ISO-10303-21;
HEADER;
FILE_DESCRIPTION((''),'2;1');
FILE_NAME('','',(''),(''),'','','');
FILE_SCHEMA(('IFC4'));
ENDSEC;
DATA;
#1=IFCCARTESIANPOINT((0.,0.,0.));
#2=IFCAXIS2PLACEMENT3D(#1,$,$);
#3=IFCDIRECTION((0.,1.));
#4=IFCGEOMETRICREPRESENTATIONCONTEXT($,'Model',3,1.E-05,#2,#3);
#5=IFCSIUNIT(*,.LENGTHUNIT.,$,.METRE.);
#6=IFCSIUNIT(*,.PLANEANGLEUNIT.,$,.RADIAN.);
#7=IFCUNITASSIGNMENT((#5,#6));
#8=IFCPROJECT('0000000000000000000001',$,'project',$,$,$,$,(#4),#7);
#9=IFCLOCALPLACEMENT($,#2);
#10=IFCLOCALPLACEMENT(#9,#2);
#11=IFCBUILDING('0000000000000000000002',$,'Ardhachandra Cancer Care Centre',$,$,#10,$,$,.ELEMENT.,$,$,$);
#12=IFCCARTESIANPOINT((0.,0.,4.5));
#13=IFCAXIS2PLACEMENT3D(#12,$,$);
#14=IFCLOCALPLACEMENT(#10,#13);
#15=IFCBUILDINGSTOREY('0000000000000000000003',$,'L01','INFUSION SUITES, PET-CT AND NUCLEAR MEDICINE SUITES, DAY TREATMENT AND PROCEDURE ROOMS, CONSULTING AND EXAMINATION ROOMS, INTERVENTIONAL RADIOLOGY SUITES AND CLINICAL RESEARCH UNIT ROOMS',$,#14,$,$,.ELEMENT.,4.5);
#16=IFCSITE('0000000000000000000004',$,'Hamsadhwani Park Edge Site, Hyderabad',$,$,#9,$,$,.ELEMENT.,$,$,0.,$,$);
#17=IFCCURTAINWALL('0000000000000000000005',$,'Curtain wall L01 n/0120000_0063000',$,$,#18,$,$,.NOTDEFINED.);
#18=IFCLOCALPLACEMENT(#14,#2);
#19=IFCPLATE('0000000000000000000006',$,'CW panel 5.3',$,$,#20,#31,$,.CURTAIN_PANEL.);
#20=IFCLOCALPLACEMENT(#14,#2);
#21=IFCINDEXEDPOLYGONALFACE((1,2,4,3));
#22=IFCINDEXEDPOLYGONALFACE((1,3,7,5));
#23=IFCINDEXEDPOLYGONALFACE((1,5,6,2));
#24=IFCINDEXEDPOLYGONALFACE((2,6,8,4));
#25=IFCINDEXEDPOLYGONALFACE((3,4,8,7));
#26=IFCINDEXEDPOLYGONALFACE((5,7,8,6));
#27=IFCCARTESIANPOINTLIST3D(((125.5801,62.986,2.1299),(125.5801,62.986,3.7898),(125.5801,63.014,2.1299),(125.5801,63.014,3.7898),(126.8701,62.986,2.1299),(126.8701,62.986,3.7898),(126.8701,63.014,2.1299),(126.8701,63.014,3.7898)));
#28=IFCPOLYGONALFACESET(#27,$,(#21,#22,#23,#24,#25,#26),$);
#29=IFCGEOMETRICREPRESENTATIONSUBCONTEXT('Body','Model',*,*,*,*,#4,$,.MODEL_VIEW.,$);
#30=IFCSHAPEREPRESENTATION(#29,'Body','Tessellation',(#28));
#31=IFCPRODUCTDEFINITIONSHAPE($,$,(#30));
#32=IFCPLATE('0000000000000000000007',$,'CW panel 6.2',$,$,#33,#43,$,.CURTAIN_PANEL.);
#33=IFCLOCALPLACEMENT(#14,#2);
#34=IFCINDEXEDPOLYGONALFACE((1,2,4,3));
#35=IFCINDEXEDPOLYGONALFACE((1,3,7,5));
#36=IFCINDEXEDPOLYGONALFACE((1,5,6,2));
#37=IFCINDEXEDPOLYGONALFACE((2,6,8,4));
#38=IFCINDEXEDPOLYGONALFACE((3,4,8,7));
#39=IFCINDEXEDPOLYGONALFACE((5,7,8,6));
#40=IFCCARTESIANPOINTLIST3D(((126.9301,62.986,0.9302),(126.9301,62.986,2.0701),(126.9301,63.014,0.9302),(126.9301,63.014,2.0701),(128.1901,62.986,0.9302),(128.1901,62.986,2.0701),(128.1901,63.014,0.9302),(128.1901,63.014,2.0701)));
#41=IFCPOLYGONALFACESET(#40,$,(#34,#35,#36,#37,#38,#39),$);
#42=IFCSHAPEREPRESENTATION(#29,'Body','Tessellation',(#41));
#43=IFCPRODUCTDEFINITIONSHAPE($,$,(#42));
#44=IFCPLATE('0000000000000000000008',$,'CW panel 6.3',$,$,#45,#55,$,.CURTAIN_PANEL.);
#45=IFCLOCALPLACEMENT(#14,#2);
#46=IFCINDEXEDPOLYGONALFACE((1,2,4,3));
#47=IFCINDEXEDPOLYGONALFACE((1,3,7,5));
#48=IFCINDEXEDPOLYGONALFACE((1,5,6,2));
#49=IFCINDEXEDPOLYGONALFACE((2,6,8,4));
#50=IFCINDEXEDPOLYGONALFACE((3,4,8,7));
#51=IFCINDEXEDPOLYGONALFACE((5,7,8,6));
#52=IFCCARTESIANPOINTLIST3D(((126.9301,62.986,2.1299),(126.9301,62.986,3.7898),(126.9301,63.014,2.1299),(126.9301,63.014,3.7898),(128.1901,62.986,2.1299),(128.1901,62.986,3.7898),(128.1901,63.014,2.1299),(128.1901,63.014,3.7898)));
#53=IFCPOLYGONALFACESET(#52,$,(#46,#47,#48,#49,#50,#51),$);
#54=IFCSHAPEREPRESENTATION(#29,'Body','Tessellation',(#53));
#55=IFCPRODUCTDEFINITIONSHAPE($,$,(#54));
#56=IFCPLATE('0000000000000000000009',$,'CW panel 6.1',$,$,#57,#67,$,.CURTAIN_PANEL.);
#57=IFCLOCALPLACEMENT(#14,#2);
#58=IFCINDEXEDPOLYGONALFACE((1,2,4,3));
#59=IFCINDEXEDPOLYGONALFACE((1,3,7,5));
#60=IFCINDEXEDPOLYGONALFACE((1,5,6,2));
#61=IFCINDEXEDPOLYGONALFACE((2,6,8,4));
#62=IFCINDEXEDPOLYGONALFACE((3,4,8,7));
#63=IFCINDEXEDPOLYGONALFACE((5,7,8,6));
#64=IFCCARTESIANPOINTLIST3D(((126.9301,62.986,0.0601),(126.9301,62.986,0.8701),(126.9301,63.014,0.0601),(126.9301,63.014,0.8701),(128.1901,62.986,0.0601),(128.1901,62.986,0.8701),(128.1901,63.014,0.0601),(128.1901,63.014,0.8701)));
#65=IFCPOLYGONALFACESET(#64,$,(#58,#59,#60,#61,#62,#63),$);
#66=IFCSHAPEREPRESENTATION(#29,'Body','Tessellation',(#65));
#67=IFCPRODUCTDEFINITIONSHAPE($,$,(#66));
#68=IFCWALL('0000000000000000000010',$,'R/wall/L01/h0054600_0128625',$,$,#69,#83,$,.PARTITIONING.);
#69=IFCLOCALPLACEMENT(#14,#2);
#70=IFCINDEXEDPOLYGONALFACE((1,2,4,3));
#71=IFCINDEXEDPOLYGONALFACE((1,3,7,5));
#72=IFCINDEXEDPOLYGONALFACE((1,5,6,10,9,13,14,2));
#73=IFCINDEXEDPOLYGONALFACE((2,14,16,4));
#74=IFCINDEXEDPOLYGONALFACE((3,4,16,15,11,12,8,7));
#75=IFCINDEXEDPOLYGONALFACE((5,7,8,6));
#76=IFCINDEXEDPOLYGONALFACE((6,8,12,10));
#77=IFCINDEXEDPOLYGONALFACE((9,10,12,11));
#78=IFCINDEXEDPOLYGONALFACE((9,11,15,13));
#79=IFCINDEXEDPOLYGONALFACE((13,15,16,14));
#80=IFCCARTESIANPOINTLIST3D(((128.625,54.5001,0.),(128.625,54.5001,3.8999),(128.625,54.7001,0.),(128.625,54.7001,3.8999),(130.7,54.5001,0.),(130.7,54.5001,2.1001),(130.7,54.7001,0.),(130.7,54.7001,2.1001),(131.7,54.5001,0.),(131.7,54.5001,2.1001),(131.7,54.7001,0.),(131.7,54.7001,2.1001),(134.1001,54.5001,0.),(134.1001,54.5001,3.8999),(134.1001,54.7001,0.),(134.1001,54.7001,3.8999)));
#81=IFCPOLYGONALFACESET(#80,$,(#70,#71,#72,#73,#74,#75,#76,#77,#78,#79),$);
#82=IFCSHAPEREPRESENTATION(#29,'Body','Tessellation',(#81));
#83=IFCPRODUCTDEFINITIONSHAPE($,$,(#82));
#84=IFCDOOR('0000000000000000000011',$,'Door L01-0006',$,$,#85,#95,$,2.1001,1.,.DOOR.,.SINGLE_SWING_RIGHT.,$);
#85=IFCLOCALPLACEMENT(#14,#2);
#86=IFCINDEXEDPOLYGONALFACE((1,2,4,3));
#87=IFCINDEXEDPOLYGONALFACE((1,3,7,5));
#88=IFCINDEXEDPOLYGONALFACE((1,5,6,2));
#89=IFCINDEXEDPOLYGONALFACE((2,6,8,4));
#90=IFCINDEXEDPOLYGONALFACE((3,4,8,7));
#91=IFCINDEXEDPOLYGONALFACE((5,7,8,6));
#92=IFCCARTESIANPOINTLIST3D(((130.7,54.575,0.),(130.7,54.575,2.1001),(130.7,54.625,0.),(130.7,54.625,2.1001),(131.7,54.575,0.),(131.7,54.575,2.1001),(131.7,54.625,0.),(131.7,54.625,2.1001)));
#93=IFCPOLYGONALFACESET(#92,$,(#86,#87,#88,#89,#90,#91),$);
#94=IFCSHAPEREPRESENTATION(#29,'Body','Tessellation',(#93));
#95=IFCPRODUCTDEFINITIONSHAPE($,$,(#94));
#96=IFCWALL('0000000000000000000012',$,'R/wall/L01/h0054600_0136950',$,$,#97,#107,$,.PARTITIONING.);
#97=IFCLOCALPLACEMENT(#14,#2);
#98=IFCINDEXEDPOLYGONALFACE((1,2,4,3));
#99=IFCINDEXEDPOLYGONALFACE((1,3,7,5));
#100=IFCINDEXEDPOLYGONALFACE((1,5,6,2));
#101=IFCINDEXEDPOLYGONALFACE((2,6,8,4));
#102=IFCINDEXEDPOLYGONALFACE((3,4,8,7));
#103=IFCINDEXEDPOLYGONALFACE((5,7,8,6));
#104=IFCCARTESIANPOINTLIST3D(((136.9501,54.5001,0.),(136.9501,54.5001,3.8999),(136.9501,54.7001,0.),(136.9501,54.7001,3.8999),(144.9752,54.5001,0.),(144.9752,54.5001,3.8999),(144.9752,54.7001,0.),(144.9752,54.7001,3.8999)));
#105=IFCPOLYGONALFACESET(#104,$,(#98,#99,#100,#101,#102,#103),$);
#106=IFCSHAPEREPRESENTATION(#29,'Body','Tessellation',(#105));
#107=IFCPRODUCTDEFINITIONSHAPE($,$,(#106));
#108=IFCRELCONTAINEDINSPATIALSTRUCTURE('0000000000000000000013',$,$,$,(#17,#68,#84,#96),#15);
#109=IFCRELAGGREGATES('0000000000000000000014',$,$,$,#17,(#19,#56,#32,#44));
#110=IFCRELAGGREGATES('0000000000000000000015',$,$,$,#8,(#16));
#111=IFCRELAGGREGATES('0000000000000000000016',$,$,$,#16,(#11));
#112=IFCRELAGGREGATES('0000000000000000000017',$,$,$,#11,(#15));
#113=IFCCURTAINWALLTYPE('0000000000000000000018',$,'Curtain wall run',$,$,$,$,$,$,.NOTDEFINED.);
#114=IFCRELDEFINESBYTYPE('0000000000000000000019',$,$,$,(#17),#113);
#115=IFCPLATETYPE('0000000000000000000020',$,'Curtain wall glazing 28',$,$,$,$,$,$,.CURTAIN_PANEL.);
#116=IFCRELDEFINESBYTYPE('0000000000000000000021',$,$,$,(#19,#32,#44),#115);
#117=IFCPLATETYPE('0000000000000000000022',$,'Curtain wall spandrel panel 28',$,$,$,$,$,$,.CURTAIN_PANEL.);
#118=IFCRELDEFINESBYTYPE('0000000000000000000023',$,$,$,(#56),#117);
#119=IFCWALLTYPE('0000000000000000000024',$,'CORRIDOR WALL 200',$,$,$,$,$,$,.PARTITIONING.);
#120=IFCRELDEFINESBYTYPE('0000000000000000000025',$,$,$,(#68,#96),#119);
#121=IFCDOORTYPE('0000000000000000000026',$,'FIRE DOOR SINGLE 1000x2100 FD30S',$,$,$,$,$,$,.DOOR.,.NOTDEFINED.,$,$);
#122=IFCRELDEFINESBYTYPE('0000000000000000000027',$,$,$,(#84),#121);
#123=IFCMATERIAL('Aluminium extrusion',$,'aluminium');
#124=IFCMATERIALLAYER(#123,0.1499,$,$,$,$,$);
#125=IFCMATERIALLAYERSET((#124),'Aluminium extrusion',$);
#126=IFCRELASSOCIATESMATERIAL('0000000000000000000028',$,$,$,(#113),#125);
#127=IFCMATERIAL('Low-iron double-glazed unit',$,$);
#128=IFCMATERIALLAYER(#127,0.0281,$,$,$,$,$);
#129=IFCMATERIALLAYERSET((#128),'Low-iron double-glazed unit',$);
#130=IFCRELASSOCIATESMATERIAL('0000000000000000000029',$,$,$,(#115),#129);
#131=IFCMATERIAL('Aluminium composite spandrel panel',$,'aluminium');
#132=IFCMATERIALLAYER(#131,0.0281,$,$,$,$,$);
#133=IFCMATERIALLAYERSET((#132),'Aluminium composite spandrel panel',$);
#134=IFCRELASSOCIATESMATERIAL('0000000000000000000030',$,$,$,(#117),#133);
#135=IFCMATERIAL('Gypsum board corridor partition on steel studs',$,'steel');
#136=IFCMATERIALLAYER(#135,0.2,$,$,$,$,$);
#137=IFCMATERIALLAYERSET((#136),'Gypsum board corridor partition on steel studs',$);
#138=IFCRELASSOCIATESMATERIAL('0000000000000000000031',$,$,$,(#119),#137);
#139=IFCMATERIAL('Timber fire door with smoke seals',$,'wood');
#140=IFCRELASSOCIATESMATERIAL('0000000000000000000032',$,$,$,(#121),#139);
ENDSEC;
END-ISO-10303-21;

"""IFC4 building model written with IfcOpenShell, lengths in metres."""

from ifc_helpers import new_model, si_unit, direction, frame, frame_2d, origin, origin_2d, place, context, subcontext, project, spatial, rectangle, extrude, material, layer, layer_set, type_object, element, fill, aggregate, save


model = new_model("IFC4")

# Units and contexts
model_context = context("Model", 3, precision=1e-05, world=origin(), true_north=direction((0.0, 1.0)))
body_context = subcontext(model_context, "Body", "Model", "MODEL_VIEW")
ifc_project = project(units=[si_unit("LENGTHUNIT", "METRE"), si_unit("PLANEANGLEUNIT", "RADIAN")], contexts=[model_context])

# Site, building, storey
site_placement = place(None, origin())
site = spatial("IfcSite", under=ifc_project, at=site_placement, Name="Hamsadhwani Park Edge Site, Hyderabad", CompositionType="ELEMENT", RefElevation=0.0)
building_placement = place(site_placement, origin())
building = spatial("IfcBuilding", under=site, at=building_placement, Name="Ardhachandra Cancer Care Centre", CompositionType="ELEMENT")
storey_placement = place(building_placement, frame((0.0, 0.0, 4.5)))
storey = spatial("IfcBuildingStorey", under=building, at=storey_placement, Name="L01", Description="INFUSION SUITES, PET-CT AND NUCLEAR MEDICINE SUITES, DAY TREATMENT AND PROCEDURE ROOMS, CONSULTING AND EXAMINATION ROOMS, INTERVENTIONAL RADIOLOGY SUITES AND CLINICAL RESEARCH UNIT ROOMS", CompositionType="ELEMENT", Elevation=4.5)

# Curtain wall, plates
ifc_material_1 = material(Name="Aluminium extrusion", Category="aluminium")
ifc_layer_1 = layer(ifc_material_1, 0.1499)
ifc_layer_set_1 = layer_set([ifc_layer_1], Name="Aluminium extrusion")
curtain_wall_type = type_object("IfcCurtainWallType", Name="Curtain wall run", PredefinedType="NOTDEFINED", material=ifc_layer_set_1)
curtain_wall_placement = place(storey_placement, origin())
curtain_wall = element("IfcCurtainWall", 1, at=curtain_wall_placement, inside=storey, type_object=curtain_wall_type, Name="Curtain wall L01 n/0120000_0063000", PredefinedType="NOTDEFINED")
ifc_material_2 = material(Name="Low-iron double-glazed unit")
ifc_layer_2 = layer(ifc_material_2, 0.0281)
ifc_layer_set_2 = layer_set([ifc_layer_2], Name="Low-iron double-glazed unit")
plate_type_1 = type_object("IfcPlateType", Name="Curtain wall glazing 28", PredefinedType="CURTAIN_PANEL", material=ifc_layer_set_2)
plate_1_placement = place(storey_placement, frame((126.2251, 63.0, 2.1299), z_axis=(0.0, 0.0, 1.0), x_axis=(1.0, 0.0, 0.0)))
plate_1 = element("IfcPlate", 2, at=plate_1_placement, type_object=plate_type_1, Name="CW panel 5.3", PredefinedType="CURTAIN_PANEL", context=body_context, shape_type="SweptSolid", body=[
    extrude(rectangle(XDim=1.29, YDim=0.0281, at=origin_2d()), origin(), (0.0, 0.0, 1.0), 1.6599),
])
plate_2_placement = place(storey_placement, frame((127.5601, 63.0, 0.9302), z_axis=(0.0, 0.0, 1.0), x_axis=(1.0, 0.0, 0.0)))
plate_2 = element("IfcPlate", 3, at=plate_2_placement, type_object=plate_type_1, Name="CW panel 6.2", PredefinedType="CURTAIN_PANEL", context=body_context, shape_type="SweptSolid", body=[
    extrude(rectangle(XDim=1.26, YDim=0.0281, at=origin_2d()), origin(), (0.0, 0.0, 1.0), 1.1399),
])
plate_3_placement = place(storey_placement, frame((127.5601, 63.0, 2.1299), z_axis=(0.0, 0.0, 1.0), x_axis=(1.0, 0.0, 0.0)))
plate_3 = element("IfcPlate", 4, at=plate_3_placement, type_object=plate_type_1, Name="CW panel 6.3", PredefinedType="CURTAIN_PANEL", context=body_context, shape_type="SweptSolid", body=[
    extrude(rectangle(XDim=1.26, YDim=0.0281, at=origin_2d()), origin(), (0.0, 0.0, 1.0), 1.6599),
])
ifc_material_3 = material(Name="Aluminium composite spandrel panel", Category="aluminium")
ifc_layer_3 = layer(ifc_material_3, 0.0281)
ifc_layer_set_3 = layer_set([ifc_layer_3], Name="Aluminium composite spandrel panel")
plate_type_2 = type_object("IfcPlateType", Name="Curtain wall spandrel panel 28", PredefinedType="CURTAIN_PANEL", material=ifc_layer_set_3)
plate_4_placement = place(storey_placement, frame((127.5601, 63.0, 0.0601), z_axis=(0.0, 0.0, 1.0), x_axis=(1.0, 0.0, 0.0)))
plate_4 = element("IfcPlate", 5, at=plate_4_placement, type_object=plate_type_2, Name="CW panel 6.1", PredefinedType="CURTAIN_PANEL", context=body_context, shape_type="SweptSolid", body=[
    extrude(rectangle(XDim=1.26, YDim=0.0281, at=origin_2d()), origin(), (0.0, 0.0, 1.0), 0.8101),
])
aggregate(curtain_wall, [plate_1, plate_4, plate_2, plate_3])

# Wall, opening, door
ifc_material_4 = material(Name="Gypsum board corridor partition on steel studs", Category="steel")
ifc_layer_4 = layer(ifc_material_4, 0.2)
ifc_layer_set_4 = layer_set([ifc_layer_4], Name="Gypsum board corridor partition on steel studs")
wall_type = type_object("IfcWallType", Name="CORRIDOR WALL 200", PredefinedType="PARTITIONING", material=ifc_layer_set_4)
wall_1_placement = place(storey_placement, frame((128.625, 54.6001, 0.0), z_axis=(0.0, 0.0, 1.0), x_axis=(1.0, 0.0, 0.0)))
wall_1 = element("IfcWall", 6, at=wall_1_placement, inside=storey, type_object=wall_type, Name="R/wall/L01/h0054600_0128625", PredefinedType="PARTITIONING", context=body_context, shape_type="SweptSolid", body=[
    extrude(rectangle(XDim=5.4751, YDim=0.2, at=frame_2d((2.7375, 0.0))), origin(), (0.0, 0.0, 1.0), 3.8999),
])
opening_placement = place(wall_1_placement, frame((2.075, 0.0, 0.0)))
opening = element("IfcOpeningElement", 7, at=opening_placement, cuts=wall_1, PredefinedType="OPENING", context=body_context, shape_type="SweptSolid", body=[
    extrude(rectangle(XDim=1.0, YDim=2.1001, at=frame_2d((0.5, 1.05))), frame((0.0, 0.1099, 0.0), z_axis=(0.0, -1.0, 0.0), x_axis=(1.0, 0.0, 0.0)), (0.0, 0.0, 1.0), 0.22),
])
ifc_material_5 = material(Name="Timber fire door with smoke seals", Category="wood")
door_type = type_object("IfcDoorType", Name="FIRE DOOR SINGLE 1000x2100 FD30S", OperationType="NOTDEFINED", PredefinedType="DOOR", material=ifc_material_5)
door_placement = place(opening_placement, origin())
door = element("IfcDoor", 8, at=door_placement, inside=storey, type_object=door_type, Name="Door L01-0006", OperationType="SINGLE_SWING_RIGHT", OverallHeight=2.1001, OverallWidth=1.0, PredefinedType="DOOR", context=body_context, shape_type="SweptSolid", body=[
    extrude(rectangle(XDim=1.0, YDim=2.1001, at=frame_2d((0.5, 1.05))), frame((0.0, 0.0249, 0.0), z_axis=(0.0, -1.0, 0.0), x_axis=(1.0, 0.0, 0.0)), (0.0, 0.0, 1.0), 0.05),
])
fill(opening, door)

# Wall
wall_2_placement = place(storey_placement, frame((136.95, 54.6001, 0.0), z_axis=(0.0, 0.0, 1.0), x_axis=(1.0, 0.0, 0.0)))
element("IfcWall", 9, at=wall_2_placement, inside=storey, type_object=wall_type, Name="R/wall/L01/h0054600_0136950", PredefinedType="PARTITIONING", context=body_context, shape_type="SweptSolid", body=[
    extrude(rectangle(XDim=8.0251, YDim=0.2, at=frame_2d((4.0127, 0.0))), origin(), (0.0, 0.0, 1.0), 3.8999),
])

save(model, "model.ifc")
